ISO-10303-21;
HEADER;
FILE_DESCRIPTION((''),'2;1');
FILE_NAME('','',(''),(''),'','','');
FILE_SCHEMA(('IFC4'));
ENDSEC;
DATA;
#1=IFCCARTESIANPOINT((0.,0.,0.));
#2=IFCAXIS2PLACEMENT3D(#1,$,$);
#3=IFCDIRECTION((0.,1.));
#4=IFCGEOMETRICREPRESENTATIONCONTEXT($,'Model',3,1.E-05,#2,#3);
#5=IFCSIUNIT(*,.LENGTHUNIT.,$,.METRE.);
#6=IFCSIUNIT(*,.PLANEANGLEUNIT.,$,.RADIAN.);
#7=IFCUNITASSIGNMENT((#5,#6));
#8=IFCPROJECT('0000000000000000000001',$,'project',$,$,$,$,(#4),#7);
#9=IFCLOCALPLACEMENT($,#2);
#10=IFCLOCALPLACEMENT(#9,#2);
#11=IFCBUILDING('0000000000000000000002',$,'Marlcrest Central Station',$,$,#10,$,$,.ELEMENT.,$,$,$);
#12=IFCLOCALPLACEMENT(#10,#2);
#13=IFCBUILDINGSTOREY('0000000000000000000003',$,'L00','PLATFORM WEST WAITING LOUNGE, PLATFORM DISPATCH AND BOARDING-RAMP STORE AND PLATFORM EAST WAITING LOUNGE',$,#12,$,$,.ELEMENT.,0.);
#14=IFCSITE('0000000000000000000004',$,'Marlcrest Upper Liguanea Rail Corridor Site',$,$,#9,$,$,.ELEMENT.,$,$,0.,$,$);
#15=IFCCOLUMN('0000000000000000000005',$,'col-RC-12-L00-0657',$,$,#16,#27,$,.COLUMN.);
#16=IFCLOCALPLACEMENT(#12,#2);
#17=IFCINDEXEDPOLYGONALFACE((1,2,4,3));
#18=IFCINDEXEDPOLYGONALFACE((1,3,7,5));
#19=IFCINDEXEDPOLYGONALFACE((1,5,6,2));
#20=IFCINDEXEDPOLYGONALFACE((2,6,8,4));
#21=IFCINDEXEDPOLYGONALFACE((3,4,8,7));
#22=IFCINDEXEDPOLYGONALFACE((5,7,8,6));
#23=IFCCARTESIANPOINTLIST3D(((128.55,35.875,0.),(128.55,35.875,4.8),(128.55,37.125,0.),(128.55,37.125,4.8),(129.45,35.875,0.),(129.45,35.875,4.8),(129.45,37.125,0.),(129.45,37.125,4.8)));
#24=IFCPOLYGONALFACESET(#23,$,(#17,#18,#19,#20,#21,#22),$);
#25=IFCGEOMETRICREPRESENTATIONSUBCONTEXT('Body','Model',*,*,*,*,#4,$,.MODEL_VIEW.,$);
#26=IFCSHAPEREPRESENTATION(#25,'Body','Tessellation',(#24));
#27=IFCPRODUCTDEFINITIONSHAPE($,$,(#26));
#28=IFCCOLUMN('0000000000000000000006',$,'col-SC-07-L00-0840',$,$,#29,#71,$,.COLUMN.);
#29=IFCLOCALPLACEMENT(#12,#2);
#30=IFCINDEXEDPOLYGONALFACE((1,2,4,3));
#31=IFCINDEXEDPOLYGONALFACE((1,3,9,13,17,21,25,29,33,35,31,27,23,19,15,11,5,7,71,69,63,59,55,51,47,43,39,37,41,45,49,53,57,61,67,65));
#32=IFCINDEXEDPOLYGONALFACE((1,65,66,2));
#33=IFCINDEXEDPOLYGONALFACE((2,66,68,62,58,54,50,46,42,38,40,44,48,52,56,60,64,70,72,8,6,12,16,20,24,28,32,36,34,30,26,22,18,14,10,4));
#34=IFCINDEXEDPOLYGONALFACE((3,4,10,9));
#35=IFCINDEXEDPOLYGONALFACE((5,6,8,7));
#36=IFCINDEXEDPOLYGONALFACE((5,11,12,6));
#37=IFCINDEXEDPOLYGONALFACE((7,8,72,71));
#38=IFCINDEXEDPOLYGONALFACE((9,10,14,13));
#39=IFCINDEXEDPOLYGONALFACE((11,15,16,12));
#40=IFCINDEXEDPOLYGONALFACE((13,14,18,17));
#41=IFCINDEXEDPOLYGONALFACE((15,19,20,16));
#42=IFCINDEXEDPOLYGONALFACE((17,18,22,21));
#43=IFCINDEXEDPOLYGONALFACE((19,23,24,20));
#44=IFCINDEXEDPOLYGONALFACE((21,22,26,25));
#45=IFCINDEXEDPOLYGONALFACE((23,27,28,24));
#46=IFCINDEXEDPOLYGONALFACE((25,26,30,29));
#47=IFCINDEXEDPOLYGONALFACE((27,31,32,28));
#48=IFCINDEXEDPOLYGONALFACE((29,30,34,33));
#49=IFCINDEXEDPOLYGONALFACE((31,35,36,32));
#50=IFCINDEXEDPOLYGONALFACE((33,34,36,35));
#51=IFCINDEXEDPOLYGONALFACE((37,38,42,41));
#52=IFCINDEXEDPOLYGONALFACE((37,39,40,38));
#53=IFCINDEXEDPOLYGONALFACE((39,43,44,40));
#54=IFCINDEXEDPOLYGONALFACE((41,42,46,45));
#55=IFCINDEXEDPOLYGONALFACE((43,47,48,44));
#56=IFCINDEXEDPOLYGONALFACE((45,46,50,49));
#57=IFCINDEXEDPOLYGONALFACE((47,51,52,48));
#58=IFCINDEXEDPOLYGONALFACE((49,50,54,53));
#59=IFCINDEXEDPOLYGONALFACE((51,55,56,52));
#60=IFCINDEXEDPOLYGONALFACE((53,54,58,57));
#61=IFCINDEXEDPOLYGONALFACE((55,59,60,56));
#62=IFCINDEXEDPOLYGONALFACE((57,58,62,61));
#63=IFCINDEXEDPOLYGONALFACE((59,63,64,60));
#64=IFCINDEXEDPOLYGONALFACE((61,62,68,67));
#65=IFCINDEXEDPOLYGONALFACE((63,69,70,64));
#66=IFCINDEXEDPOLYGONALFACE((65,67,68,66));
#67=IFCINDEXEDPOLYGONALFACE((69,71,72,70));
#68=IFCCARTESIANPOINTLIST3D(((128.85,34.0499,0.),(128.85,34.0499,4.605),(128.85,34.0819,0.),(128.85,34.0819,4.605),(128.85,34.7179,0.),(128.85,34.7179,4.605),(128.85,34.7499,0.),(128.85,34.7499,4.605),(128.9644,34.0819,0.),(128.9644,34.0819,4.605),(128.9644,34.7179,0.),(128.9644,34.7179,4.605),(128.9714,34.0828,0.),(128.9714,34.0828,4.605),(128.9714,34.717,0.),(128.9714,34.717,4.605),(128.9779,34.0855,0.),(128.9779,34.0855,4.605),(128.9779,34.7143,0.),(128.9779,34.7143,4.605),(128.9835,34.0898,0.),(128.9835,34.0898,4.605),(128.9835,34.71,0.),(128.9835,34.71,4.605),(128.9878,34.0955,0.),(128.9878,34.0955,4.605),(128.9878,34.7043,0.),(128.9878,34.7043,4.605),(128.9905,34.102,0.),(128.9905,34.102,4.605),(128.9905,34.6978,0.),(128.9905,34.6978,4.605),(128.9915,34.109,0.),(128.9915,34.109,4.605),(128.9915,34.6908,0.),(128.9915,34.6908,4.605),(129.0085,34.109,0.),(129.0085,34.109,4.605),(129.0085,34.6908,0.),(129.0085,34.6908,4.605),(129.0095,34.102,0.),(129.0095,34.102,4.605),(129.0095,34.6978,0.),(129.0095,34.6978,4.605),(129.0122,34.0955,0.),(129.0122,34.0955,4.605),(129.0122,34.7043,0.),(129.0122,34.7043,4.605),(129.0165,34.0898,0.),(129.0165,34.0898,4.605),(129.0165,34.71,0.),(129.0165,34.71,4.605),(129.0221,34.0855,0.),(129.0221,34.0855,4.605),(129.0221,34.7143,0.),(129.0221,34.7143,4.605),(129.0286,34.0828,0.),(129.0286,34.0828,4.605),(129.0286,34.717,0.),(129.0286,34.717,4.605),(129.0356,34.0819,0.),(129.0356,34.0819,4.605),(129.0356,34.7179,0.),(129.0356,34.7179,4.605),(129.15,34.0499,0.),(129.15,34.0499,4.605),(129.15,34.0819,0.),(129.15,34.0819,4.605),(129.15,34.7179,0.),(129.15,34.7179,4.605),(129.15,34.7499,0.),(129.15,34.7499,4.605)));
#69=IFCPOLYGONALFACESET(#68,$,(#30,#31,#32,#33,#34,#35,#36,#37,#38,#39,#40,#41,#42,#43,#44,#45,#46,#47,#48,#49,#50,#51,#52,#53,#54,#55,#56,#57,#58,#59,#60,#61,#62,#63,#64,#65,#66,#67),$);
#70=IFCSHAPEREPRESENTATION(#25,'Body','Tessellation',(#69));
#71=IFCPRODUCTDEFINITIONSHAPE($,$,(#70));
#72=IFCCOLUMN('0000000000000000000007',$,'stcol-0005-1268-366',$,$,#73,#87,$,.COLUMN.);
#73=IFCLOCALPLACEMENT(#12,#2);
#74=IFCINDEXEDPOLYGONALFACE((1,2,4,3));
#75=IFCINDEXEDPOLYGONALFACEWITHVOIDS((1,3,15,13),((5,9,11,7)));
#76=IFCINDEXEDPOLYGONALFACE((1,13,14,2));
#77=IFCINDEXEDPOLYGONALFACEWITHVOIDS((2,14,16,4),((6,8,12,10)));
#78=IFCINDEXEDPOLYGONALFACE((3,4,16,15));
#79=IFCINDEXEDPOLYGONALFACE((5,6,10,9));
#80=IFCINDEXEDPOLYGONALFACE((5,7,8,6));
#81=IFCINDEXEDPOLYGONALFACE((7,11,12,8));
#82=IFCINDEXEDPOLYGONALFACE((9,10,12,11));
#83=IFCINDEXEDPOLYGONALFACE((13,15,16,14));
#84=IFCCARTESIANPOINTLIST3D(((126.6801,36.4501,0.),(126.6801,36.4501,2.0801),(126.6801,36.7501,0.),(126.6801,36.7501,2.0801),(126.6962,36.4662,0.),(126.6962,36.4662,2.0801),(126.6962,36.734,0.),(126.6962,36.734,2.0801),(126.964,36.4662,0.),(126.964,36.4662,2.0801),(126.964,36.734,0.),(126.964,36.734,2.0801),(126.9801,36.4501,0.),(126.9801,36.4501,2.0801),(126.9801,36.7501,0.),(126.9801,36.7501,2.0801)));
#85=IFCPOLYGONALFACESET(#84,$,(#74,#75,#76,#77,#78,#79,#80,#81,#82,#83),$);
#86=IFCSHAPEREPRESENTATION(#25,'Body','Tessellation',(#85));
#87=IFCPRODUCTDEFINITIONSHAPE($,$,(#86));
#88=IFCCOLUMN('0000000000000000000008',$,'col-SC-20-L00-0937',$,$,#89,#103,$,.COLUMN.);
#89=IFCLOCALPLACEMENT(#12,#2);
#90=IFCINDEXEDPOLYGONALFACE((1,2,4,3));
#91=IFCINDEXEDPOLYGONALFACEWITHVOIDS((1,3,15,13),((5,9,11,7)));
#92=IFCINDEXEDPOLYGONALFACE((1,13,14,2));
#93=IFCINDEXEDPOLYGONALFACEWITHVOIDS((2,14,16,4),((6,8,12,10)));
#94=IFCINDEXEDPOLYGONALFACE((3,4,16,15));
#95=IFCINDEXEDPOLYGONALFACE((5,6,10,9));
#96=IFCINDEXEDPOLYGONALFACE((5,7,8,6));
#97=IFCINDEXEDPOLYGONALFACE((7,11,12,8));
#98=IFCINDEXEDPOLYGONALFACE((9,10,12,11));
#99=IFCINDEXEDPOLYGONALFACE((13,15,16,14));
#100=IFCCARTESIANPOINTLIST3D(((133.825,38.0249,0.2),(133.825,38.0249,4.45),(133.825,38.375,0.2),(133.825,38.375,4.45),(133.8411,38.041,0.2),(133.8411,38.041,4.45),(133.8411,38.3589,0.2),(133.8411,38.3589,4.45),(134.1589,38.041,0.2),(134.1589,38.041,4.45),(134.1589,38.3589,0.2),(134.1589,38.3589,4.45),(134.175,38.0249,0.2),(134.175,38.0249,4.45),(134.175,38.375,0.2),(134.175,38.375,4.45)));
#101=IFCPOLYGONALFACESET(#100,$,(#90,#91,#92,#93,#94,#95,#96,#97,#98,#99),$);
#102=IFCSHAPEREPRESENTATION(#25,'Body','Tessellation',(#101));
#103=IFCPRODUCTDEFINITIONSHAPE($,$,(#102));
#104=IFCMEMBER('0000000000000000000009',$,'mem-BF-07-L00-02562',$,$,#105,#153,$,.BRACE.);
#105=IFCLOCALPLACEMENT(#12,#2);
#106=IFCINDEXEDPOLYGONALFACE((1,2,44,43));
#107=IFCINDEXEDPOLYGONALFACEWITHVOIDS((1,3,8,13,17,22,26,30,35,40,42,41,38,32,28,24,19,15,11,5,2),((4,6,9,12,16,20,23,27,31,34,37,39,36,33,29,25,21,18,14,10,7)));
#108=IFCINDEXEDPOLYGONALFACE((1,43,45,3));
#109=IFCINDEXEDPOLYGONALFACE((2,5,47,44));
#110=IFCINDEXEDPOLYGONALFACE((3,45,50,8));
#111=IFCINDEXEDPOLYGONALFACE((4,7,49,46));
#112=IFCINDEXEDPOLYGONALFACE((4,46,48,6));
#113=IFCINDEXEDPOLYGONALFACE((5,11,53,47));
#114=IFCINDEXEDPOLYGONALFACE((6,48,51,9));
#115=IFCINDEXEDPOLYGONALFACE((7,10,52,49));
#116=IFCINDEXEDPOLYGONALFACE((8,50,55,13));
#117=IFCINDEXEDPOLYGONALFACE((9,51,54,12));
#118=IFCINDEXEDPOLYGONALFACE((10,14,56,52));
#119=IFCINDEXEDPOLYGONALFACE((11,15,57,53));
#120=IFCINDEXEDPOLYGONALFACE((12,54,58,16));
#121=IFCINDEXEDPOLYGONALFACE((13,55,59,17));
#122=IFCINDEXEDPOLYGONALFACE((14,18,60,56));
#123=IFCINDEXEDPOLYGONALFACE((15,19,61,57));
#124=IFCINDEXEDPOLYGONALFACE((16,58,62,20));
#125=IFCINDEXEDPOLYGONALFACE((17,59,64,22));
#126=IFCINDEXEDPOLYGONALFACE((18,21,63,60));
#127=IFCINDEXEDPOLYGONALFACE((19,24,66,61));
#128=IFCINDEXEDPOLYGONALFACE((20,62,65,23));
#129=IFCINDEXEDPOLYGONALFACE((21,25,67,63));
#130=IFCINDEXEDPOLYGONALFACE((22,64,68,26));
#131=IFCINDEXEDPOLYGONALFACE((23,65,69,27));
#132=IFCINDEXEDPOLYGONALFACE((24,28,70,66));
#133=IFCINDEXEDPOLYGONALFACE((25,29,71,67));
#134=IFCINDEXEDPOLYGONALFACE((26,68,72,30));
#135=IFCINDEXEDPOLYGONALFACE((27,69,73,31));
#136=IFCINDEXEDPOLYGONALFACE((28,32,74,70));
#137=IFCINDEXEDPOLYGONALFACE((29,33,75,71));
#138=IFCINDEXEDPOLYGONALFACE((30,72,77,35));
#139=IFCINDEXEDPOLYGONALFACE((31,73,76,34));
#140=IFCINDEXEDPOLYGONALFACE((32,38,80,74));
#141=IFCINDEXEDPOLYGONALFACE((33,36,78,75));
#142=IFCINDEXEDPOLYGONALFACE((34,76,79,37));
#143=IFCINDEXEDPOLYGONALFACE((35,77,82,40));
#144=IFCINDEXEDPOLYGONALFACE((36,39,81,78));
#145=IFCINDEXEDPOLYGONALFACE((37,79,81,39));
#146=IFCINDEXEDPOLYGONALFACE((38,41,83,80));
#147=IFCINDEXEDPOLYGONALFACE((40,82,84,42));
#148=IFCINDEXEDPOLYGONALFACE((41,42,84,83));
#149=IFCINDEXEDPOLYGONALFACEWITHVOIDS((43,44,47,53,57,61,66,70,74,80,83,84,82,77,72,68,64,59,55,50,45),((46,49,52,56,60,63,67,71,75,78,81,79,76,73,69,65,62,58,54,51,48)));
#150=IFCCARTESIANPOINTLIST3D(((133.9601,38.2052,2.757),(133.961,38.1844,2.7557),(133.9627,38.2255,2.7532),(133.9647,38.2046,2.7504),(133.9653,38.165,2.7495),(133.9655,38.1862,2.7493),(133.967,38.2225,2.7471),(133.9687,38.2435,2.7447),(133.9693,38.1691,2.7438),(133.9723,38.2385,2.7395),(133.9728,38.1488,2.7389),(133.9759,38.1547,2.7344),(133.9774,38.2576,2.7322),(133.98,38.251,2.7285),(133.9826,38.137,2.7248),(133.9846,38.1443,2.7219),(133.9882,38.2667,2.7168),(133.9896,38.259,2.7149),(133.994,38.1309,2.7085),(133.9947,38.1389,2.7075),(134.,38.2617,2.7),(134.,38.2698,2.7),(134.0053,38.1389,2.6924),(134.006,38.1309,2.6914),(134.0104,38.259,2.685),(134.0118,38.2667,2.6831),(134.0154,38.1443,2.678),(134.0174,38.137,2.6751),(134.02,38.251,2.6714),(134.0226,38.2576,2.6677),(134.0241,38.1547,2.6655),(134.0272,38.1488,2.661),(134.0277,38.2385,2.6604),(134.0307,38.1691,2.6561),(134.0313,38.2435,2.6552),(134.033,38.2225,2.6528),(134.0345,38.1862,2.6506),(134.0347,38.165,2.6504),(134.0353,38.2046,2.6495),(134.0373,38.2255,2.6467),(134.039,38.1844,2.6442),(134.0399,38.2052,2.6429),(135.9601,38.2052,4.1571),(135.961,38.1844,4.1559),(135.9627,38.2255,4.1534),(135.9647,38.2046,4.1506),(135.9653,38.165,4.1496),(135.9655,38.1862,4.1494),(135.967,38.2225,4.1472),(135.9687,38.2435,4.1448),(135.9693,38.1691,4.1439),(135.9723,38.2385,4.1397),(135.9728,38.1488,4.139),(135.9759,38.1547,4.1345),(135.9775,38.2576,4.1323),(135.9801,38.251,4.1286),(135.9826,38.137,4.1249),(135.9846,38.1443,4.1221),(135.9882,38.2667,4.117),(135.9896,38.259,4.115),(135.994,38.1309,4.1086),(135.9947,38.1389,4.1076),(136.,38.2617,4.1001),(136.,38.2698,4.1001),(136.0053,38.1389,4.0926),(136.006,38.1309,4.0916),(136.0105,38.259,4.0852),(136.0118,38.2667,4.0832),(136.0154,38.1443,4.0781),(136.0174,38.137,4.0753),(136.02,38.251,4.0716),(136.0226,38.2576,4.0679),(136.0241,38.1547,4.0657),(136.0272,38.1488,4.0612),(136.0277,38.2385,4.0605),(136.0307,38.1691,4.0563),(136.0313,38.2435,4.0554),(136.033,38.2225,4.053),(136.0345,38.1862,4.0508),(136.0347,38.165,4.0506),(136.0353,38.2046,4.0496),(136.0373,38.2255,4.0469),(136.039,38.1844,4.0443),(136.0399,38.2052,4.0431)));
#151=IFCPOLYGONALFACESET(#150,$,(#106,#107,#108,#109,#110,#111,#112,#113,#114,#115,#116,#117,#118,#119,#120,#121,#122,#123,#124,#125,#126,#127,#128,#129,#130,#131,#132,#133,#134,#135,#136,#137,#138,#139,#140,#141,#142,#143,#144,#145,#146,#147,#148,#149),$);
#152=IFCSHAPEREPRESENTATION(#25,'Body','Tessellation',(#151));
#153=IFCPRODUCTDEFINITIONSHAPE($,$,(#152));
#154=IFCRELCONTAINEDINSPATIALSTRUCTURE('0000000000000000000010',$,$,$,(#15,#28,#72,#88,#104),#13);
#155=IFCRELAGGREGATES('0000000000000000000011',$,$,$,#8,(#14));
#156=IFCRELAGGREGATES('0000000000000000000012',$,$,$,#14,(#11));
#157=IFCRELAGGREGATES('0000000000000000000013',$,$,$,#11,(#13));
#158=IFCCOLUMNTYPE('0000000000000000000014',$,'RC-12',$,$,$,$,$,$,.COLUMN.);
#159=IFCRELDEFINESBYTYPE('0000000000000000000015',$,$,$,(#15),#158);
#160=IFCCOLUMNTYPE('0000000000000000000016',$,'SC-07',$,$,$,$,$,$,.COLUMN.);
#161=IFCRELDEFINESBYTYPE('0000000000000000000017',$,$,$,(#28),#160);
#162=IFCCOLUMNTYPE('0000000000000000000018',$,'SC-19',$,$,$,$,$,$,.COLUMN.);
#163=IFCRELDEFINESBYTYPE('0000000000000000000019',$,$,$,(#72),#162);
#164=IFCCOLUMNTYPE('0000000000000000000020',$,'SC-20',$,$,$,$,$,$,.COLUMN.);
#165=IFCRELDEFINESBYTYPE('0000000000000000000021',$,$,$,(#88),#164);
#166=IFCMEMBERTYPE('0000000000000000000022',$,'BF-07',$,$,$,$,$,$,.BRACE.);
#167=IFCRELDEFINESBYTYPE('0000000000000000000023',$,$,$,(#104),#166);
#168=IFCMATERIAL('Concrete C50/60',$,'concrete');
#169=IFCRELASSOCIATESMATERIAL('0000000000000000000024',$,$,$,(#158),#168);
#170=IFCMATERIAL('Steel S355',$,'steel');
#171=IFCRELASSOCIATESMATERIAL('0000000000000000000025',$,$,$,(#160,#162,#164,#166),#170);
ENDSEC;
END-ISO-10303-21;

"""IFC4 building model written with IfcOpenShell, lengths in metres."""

from ifc_helpers import new_model, si_unit, direction, frame, origin, origin_2d, place, context, subcontext, project, spatial, rectangle, hollow_rectangle, hollow_circle, i_section, extrude, material, material_profile, profile_set, type_object, element, save


model = new_model("IFC4")

# Units and contexts
model_context = context("Model", 3, precision=1e-05, world=origin(), true_north=direction((0.0, 1.0)))
body_context = subcontext(model_context, "Body", "Model", "MODEL_VIEW")
ifc_project = project(units=[si_unit("LENGTHUNIT", "METRE"), si_unit("PLANEANGLEUNIT", "RADIAN")], contexts=[model_context])

# Site, building, storey
site_placement = place(None, origin())
site = spatial("IfcSite", under=ifc_project, at=site_placement, Name="Marlcrest Upper Liguanea Rail Corridor Site", CompositionType="ELEMENT", RefElevation=0.0)
building_placement = place(site_placement, origin())
building = spatial("IfcBuilding", under=site, at=building_placement, Name="Marlcrest Central Station", CompositionType="ELEMENT")
storey_placement = place(building_placement, origin())
storey = spatial("IfcBuildingStorey", under=building, at=storey_placement, Name="L00", Description="PLATFORM WEST WAITING LOUNGE, PLATFORM DISPATCH AND BOARDING-RAMP STORE AND PLATFORM EAST WAITING LOUNGE", CompositionType="ELEMENT", Elevation=0.0)

# Columns
ifc_material_1 = material(Name="Concrete C50/60", Category="concrete")
ifc_material_profile_1 = material_profile(ifc_material_1, rectangle(XDim=0.8999, YDim=1.25, at=origin_2d()), Name="RC 900x1250")
ifc_profile_set_1 = profile_set([ifc_material_profile_1], Name="Concrete C50/60")
column_type_1 = type_object("IfcColumnType", Name="RC-12", PredefinedType="COLUMN", material=ifc_profile_set_1)
column_1_placement = place(storey_placement, frame((129.0, 36.5, 0.0), z_axis=(0.0, 0.0, 1.0), x_axis=(1.0, 0.0, 0.0)))
element("IfcColumn", 1, at=column_1_placement, inside=storey, type_object=column_type_1, Name="col-RC-12-L00-0657", PredefinedType="COLUMN", context=body_context, shape_type="SweptSolid", body=[
    extrude(rectangle(XDim=0.8999, YDim=1.25, at=origin_2d()), origin(), (0.0, 0.0, 1.0), 4.8),
])
ifc_material_2 = material(Name="Steel S355", Category="steel")
ifc_material_profile_2 = material_profile(ifc_material_2, i_section(OverallWidth=0.3, OverallDepth=0.7, WebThickness=0.0171, FlangeThickness=0.032, FilletRadius=0.0271, at=origin_2d()), Name="HEB 700")
ifc_profile_set_2 = profile_set([ifc_material_profile_2], Name="Steel S355")
column_type_2 = type_object("IfcColumnType", Name="SC-07", PredefinedType="COLUMN", material=ifc_profile_set_2)
column_2_placement = place(storey_placement, frame((129.0, 34.3999, 0.0), z_axis=(0.0, 0.0, 1.0), x_axis=(1.0, 0.0, 0.0)))
element("IfcColumn", 2, at=column_2_placement, inside=storey, type_object=column_type_2, Name="col-SC-07-L00-0840", PredefinedType="COLUMN", context=body_context, shape_type="SweptSolid", body=[
    extrude(i_section(OverallWidth=0.3, OverallDepth=0.7, WebThickness=0.0171, FlangeThickness=0.032, FilletRadius=0.0271, at=origin_2d()), origin(), (0.0, 0.0, 1.0), 4.605),
])
ifc_material_profile_3 = material_profile(ifc_material_2, hollow_rectangle(XDim=0.3, YDim=0.3, WallThickness=0.0161, at=origin_2d()), Name="SHS 300x300x16")
ifc_profile_set_3 = profile_set([ifc_material_profile_3], Name="Steel S355")
column_type_3 = type_object("IfcColumnType", Name="SC-19", PredefinedType="COLUMN", material=ifc_profile_set_3)
column_3_placement = place(storey_placement, frame((126.8301, 36.6001, 0.0), z_axis=(0.0, 0.0, 1.0), x_axis=(1.0, 0.0, 0.0)))
element("IfcColumn", 3, at=column_3_placement, inside=storey, type_object=column_type_3, Name="stcol-0005-1268-366", PredefinedType="COLUMN", context=body_context, shape_type="SweptSolid", body=[
    extrude(hollow_rectangle(XDim=0.3, YDim=0.3, WallThickness=0.0161, at=origin_2d()), origin(), (0.0, 0.0, 1.0), 2.0801),
])
ifc_material_profile_4 = material_profile(ifc_material_2, hollow_rectangle(XDim=0.3501, YDim=0.3501, WallThickness=0.0161, at=origin_2d()), Name="SHS 350x350x16")
ifc_profile_set_4 = profile_set([ifc_material_profile_4], Name="Steel S355")
column_type_4 = type_object("IfcColumnType", Name="SC-20", PredefinedType="COLUMN", material=ifc_profile_set_4)
column_4_placement = place(storey_placement, frame((134.0, 38.2, 0.2), z_axis=(0.0, 0.0, 1.0), x_axis=(1.0, 0.0, 0.0)))
element("IfcColumn", 4, at=column_4_placement, inside=storey, type_object=column_type_4, Name="col-SC-20-L00-0937", PredefinedType="COLUMN", context=body_context, shape_type="SweptSolid", body=[
    extrude(hollow_rectangle(XDim=0.3501, YDim=0.3501, WallThickness=0.0161, at=origin_2d()), origin(), (0.0, 0.0, 1.0), 4.25),
])

# Member
ifc_material_profile_5 = material_profile(ifc_material_2, hollow_circle(Radius=0.0698, WallThickness=0.0081, at=origin_2d()), Name="CHS 139.7x8")
ifc_profile_set_5 = profile_set([ifc_material_profile_5], Name="Steel S355")
member_type = type_object("IfcMemberType", Name="BF-07", PredefinedType="BRACE", material=ifc_profile_set_5)
member_placement = place(storey_placement, frame((134.0, 38.2, 2.7), z_axis=(0.819204, 0.0, 0.573503), x_axis=(0.0, 1.0, 0.0)))
element("IfcMember", 5, at=member_placement, inside=storey, type_object=member_type, Name="mem-BF-07-L00-02562", PredefinedType="BRACE", context=body_context, shape_type="SweptSolid", body=[
    extrude(hollow_circle(Radius=0.0698, WallThickness=0.0081, at=origin_2d()), origin(), (0.0, 0.0, 1.0), 2.4414),
])

save(model, "model.ifc")
